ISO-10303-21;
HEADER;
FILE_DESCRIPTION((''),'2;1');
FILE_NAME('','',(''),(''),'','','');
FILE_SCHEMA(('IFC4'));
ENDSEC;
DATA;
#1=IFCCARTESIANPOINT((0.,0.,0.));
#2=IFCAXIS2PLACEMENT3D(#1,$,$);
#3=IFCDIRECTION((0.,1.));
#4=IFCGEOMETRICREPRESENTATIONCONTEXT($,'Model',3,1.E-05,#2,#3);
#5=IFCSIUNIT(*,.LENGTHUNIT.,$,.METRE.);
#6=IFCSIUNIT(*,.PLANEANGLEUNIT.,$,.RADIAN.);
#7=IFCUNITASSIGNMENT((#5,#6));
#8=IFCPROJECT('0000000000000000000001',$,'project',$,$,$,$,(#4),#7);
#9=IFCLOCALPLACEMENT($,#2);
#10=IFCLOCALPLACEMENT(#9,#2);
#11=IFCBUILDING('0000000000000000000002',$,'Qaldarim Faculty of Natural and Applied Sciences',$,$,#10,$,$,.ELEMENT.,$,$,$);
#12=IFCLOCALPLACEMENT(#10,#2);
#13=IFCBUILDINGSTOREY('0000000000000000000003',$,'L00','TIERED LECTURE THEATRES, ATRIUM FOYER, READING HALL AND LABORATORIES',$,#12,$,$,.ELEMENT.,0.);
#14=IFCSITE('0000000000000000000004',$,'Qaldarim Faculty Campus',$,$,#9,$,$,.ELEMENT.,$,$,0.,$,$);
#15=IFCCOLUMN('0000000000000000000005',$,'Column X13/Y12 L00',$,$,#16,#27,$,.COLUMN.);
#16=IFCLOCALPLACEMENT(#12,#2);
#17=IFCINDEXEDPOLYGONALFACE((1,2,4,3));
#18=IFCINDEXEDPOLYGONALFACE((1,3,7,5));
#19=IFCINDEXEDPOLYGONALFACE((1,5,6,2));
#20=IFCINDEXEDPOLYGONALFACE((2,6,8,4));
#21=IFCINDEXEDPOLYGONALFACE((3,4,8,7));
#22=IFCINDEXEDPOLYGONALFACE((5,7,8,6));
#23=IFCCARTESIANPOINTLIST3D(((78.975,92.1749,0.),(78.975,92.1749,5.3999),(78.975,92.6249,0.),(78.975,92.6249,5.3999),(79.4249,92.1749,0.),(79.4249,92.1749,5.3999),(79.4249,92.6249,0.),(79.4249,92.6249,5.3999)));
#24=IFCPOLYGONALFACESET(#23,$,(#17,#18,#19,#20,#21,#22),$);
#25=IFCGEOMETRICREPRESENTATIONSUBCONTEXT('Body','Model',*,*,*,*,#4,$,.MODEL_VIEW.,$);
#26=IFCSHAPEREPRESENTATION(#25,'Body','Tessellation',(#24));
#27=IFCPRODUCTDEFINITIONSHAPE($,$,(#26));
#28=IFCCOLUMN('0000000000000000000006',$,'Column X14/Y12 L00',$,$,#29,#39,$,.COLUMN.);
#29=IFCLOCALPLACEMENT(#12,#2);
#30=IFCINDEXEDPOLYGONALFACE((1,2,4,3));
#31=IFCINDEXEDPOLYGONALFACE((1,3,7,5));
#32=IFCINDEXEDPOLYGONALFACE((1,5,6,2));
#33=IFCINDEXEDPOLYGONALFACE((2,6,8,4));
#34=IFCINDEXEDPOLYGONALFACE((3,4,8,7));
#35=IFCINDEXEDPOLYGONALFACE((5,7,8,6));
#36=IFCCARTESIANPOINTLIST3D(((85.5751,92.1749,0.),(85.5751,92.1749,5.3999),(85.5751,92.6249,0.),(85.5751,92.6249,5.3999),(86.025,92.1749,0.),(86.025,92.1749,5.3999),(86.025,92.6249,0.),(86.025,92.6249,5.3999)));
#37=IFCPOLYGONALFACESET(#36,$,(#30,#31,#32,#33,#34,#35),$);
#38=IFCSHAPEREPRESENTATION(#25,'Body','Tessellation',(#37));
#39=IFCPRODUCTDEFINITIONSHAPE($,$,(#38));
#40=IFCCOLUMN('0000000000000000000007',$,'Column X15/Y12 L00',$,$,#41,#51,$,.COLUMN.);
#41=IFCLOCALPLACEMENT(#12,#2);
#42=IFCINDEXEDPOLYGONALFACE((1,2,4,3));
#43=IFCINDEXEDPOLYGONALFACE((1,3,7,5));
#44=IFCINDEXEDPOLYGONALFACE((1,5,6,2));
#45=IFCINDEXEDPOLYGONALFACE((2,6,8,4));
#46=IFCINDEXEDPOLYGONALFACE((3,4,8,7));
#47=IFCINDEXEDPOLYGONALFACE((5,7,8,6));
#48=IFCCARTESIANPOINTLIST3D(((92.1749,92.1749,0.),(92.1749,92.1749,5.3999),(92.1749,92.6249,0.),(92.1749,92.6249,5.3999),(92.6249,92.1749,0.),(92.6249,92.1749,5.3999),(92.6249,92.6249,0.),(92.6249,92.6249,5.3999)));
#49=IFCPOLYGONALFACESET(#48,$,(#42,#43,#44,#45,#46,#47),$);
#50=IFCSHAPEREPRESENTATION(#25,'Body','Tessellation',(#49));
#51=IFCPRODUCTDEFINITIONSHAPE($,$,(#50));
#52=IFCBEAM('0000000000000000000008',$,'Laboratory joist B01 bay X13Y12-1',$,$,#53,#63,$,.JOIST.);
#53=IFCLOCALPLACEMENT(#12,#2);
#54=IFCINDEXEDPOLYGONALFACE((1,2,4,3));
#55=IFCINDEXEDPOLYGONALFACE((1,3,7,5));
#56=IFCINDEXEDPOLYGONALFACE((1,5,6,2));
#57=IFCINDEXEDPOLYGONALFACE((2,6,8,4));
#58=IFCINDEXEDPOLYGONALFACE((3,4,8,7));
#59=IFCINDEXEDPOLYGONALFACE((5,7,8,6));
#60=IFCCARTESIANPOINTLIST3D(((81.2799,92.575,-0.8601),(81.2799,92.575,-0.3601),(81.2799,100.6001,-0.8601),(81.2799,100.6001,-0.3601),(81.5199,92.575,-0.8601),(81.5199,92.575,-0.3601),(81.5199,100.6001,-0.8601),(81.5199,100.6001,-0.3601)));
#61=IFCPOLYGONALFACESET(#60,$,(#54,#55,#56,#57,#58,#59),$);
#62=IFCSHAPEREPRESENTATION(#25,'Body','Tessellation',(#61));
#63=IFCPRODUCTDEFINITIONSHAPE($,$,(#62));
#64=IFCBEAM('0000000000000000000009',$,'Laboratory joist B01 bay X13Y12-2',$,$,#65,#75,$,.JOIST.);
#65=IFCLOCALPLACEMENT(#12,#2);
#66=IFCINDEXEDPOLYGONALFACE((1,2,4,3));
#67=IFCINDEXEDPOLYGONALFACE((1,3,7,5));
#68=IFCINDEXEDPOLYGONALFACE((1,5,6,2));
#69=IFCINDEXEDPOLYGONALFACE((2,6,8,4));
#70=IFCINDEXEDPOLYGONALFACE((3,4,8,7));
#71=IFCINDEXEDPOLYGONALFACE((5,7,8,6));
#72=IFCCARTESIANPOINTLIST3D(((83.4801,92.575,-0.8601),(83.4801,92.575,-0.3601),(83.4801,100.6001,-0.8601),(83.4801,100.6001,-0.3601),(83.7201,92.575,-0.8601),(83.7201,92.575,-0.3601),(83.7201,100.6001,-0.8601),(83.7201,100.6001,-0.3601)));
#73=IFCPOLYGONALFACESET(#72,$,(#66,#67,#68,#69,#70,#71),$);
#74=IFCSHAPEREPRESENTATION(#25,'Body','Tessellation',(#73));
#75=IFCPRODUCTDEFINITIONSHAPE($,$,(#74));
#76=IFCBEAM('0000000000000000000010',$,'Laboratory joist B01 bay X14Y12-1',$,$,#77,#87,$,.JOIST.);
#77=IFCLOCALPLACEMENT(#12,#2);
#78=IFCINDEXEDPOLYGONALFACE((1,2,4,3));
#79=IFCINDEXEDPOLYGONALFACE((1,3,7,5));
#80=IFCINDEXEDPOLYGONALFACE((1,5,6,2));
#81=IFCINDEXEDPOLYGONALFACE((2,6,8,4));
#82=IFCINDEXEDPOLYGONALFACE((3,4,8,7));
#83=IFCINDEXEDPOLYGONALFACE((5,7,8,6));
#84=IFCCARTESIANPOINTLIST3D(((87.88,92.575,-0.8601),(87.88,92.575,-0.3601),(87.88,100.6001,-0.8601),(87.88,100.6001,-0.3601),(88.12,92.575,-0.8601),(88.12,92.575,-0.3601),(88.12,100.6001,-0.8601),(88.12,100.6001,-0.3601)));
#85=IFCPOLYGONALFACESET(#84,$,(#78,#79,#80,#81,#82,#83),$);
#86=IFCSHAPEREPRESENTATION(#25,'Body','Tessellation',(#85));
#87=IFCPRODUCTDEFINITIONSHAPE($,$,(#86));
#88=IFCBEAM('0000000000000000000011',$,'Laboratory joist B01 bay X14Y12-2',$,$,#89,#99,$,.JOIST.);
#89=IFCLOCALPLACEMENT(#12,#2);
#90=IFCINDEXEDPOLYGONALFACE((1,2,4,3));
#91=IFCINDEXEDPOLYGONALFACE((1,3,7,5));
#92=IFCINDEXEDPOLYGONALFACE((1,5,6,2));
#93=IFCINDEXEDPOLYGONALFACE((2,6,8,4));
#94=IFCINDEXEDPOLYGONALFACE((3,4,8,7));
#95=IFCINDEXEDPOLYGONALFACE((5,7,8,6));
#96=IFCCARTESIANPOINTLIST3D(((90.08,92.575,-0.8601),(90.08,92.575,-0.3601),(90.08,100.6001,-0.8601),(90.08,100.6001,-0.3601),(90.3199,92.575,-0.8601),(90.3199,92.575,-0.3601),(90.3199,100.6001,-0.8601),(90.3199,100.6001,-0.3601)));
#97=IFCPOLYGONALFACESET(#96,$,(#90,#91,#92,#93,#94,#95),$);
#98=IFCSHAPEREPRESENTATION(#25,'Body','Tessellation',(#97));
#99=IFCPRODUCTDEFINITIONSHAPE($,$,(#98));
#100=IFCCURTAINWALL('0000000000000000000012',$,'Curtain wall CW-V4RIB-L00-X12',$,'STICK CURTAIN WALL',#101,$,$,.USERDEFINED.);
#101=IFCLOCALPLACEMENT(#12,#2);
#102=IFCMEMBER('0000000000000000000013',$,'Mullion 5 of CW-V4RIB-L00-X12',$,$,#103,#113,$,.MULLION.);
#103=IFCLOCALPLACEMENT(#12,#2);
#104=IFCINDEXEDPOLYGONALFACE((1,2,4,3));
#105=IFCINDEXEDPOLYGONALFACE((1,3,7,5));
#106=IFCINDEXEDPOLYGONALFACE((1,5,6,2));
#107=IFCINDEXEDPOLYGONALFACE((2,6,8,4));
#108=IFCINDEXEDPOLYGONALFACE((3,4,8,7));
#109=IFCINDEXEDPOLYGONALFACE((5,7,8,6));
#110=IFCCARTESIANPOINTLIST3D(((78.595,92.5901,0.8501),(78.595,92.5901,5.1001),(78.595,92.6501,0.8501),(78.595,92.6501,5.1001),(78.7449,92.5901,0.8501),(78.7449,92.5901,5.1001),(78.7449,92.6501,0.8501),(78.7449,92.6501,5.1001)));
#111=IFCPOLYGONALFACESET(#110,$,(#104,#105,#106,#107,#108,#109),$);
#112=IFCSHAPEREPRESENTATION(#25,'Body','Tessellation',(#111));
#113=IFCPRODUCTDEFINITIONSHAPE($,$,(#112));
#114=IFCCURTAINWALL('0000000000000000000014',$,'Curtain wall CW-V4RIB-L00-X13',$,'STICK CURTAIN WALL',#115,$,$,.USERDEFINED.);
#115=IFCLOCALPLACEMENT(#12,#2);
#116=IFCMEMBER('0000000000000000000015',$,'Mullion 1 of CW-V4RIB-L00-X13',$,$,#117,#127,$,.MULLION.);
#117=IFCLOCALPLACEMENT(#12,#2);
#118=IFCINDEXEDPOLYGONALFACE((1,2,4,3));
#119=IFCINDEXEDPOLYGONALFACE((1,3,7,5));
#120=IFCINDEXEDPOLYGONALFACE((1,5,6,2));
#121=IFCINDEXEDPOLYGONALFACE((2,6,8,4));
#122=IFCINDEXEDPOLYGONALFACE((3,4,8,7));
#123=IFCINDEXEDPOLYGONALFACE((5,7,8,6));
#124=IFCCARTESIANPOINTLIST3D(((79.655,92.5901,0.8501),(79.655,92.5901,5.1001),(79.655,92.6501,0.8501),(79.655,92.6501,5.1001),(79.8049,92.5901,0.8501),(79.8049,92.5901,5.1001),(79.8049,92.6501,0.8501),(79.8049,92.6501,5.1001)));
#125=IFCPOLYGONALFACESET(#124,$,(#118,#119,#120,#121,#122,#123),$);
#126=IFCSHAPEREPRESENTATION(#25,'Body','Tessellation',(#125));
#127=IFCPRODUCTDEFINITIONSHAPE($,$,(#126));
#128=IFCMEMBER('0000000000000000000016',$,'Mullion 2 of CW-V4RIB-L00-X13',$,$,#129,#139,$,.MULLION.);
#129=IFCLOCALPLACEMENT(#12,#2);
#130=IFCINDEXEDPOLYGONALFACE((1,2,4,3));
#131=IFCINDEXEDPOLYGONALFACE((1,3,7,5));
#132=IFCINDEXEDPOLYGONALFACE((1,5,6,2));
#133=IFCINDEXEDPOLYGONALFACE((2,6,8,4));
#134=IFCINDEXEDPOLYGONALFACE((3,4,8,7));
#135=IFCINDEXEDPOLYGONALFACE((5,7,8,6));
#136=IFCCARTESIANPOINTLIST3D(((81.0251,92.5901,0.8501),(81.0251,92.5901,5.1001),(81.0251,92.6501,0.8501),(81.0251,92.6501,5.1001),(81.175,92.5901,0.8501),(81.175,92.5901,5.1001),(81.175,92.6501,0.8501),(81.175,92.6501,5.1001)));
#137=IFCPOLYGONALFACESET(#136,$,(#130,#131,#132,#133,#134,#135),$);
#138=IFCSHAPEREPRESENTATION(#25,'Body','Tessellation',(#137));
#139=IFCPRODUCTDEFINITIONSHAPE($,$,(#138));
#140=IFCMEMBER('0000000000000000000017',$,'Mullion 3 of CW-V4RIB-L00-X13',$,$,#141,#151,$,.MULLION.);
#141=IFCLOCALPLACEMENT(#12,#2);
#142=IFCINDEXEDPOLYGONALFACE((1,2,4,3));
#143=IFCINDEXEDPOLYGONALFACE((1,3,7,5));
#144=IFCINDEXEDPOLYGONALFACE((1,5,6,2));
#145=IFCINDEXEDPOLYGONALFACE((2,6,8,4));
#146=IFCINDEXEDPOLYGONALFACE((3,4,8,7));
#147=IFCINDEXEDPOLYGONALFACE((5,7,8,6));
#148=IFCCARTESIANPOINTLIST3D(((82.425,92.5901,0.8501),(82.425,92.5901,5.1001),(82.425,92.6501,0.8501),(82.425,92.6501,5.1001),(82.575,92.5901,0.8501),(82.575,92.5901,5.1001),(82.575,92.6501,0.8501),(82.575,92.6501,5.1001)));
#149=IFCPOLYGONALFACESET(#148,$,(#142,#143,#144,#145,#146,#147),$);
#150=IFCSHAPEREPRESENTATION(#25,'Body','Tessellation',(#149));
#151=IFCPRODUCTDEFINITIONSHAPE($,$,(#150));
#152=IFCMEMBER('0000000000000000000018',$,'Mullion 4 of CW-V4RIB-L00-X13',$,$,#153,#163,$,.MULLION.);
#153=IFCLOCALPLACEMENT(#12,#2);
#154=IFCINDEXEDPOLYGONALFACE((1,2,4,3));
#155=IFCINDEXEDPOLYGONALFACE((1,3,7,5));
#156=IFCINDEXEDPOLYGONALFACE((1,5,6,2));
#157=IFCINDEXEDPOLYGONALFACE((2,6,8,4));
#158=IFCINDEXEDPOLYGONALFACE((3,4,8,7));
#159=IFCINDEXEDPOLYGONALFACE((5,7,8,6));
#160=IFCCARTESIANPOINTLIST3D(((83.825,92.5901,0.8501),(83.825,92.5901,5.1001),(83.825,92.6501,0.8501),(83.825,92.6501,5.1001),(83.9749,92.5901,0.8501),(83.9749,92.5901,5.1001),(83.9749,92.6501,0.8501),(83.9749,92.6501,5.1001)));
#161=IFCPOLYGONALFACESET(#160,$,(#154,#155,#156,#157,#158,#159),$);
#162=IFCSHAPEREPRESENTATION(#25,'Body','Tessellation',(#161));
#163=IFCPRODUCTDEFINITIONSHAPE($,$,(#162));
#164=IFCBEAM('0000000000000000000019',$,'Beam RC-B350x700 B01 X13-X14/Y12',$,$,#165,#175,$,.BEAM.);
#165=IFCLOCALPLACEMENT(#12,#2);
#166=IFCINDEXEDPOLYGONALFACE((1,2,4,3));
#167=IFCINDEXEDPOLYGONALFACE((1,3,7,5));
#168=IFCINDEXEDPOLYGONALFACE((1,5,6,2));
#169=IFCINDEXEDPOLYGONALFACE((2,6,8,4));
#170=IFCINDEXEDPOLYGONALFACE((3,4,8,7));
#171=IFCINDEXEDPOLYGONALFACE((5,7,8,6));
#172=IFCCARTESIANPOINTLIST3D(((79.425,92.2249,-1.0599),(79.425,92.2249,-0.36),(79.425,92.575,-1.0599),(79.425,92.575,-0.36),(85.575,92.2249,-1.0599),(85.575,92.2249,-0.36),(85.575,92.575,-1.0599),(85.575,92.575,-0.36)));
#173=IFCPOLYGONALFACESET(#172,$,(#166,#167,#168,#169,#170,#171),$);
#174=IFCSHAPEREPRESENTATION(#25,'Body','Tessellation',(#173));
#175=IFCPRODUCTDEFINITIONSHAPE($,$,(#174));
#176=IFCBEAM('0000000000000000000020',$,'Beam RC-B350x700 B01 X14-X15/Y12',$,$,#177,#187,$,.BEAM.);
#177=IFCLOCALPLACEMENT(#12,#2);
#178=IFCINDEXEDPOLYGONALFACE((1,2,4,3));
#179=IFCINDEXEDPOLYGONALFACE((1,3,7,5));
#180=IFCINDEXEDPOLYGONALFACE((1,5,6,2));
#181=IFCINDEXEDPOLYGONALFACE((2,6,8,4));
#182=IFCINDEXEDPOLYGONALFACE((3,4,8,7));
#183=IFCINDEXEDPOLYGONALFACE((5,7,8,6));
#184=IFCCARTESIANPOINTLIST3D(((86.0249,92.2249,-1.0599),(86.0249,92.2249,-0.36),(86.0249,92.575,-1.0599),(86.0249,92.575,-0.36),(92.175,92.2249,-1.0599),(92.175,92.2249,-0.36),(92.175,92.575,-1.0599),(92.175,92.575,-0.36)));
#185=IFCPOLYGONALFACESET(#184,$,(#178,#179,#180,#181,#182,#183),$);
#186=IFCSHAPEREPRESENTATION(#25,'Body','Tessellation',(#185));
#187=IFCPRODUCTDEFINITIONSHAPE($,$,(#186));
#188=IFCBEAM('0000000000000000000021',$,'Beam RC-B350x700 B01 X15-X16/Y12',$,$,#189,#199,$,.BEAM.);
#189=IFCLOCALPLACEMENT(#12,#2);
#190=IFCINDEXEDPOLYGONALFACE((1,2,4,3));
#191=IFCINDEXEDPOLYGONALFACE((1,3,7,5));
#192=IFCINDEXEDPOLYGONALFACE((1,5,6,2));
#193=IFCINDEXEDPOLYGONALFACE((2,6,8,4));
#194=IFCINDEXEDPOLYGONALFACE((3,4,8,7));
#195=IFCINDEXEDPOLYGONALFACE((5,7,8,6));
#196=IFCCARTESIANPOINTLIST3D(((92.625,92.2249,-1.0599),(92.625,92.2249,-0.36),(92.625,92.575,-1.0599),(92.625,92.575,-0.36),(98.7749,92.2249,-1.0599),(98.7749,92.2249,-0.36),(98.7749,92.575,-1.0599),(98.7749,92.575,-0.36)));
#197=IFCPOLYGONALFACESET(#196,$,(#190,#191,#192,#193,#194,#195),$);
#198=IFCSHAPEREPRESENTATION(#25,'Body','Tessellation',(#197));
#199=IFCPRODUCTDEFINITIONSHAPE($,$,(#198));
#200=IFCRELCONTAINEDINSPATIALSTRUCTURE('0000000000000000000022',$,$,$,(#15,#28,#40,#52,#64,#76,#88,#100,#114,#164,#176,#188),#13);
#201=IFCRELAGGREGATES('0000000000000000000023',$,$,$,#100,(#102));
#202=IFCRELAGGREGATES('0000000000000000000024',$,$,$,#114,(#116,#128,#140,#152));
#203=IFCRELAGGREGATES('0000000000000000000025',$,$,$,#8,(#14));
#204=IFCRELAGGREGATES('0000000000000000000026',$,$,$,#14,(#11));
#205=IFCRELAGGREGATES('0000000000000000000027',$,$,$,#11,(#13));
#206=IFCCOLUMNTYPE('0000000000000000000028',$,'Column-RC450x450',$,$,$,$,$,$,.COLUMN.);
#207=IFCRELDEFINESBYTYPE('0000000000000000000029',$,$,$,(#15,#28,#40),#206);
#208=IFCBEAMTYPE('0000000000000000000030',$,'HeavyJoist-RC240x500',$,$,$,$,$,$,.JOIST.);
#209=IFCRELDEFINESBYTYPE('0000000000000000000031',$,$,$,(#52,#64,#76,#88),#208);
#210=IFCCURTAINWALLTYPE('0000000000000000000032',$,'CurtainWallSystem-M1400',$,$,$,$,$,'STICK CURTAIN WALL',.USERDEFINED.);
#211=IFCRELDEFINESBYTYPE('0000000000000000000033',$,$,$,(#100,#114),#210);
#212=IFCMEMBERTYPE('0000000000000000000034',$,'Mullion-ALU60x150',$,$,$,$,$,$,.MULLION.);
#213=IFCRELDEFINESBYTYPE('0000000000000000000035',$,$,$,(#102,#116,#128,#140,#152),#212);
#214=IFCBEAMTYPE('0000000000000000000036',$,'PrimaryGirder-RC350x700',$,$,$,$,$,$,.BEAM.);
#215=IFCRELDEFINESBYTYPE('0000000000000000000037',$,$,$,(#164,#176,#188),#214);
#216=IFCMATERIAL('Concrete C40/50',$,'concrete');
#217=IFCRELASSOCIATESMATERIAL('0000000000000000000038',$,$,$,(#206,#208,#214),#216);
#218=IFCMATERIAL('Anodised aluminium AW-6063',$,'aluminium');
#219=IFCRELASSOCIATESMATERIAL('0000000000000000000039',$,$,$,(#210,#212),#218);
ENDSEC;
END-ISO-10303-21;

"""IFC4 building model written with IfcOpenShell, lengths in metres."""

from ifc_helpers import new_model, si_unit, direction, frame, origin, origin_2d, place, context, subcontext, project, spatial, rectangle, extrude, material, material_profile, profile_set, type_object, element, aggregate, save


model = new_model("IFC4")

# Units and contexts
model_context = context("Model", 3, precision=1e-05, world=origin(), true_north=direction((0.0, 1.0)))
body_context = subcontext(model_context, "Body", "Model", "MODEL_VIEW")
ifc_project = project(units=[si_unit("LENGTHUNIT", "METRE"), si_unit("PLANEANGLEUNIT", "RADIAN")], contexts=[model_context])

# Site, building, storey
site_placement = place(None, origin())
site = spatial("IfcSite", under=ifc_project, at=site_placement, Name="Qaldarim Faculty Campus", CompositionType="ELEMENT", RefElevation=0.0)
building_placement = place(site_placement, origin())
building = spatial("IfcBuilding", under=site, at=building_placement, Name="Qaldarim Faculty of Natural and Applied Sciences", CompositionType="ELEMENT")
storey_placement = place(building_placement, origin())
storey = spatial("IfcBuildingStorey", under=building, at=storey_placement, Name="L00", Description="TIERED LECTURE THEATRES, ATRIUM FOYER, READING HALL AND LABORATORIES", CompositionType="ELEMENT", Elevation=0.0)

# Columns
ifc_material_1 = material(Name="Concrete C40/50", Category="concrete")
ifc_material_profile_1 = material_profile(ifc_material_1, rectangle(XDim=0.45, YDim=0.45, at=origin_2d()), Name="RC-C450x450")
ifc_profile_set_1 = profile_set([ifc_material_profile_1], Name="Concrete C40/50")
column_type = type_object("IfcColumnType", Name="Column-RC450x450", PredefinedType="COLUMN", material=ifc_profile_set_1)
for number, where, z_axis, x_axis, name in (
    (1, (79.2, 92.3999, 0.0), (0.0, 0.0, 1.0), (1.0, 0.0, 0.0), "Column X13/Y12 L00"),
    (2, (85.8, 92.3999, 0.0), (0.0, 0.0, 1.0), (1.0, 0.0, 0.0), "Column X14/Y12 L00"),
    (3, (92.3999, 92.3999, 0.0), (0.0, 0.0, 1.0), (1.0, 0.0, 0.0), "Column X15/Y12 L00"),
):
    element("IfcColumn", number, at=place(storey_placement, frame(where, z_axis=z_axis, x_axis=x_axis)), inside=storey, type_object=column_type, Name=name, PredefinedType="COLUMN", context=body_context, shape_type="SweptSolid", body=[
        extrude(rectangle(XDim=0.45, YDim=0.45, at=origin_2d()), origin(), (0.0, 0.0, 1.0), 5.3999),
    ])

# Beams
ifc_material_profile_2 = material_profile(ifc_material_1, rectangle(XDim=0.24, YDim=0.5, at=origin_2d()), Name="RC-J240x500")
ifc_profile_set_2 = profile_set([ifc_material_profile_2], Name="Concrete C40/50")
beam_type_1 = type_object("IfcBeamType", Name="HeavyJoist-RC240x500", PredefinedType="JOIST", material=ifc_profile_set_2)
for number, where, z_axis, x_axis, name in (
    (4, (81.3999, 92.575, -0.6101), (0.0, 1.0, 0.0), (-1.0, 0.0, 0.0), "Laboratory joist B01 bay X13Y12-1"),
    (5, (83.6001, 92.575, -0.6101), (0.0, 1.0, 0.0), (-1.0, 0.0, 0.0), "Laboratory joist B01 bay X13Y12-2"),
    (6, (88.0, 92.575, -0.6101), (0.0, 1.0, 0.0), (-1.0, 0.0, 0.0), "Laboratory joist B01 bay X14Y12-1"),
    (7, (90.2, 92.575, -0.6101), (0.0, 1.0, 0.0), (-1.0, 0.0, 0.0), "Laboratory joist B01 bay X14Y12-2"),
):
    element("IfcBeam", number, at=place(storey_placement, frame(where, z_axis=z_axis, x_axis=x_axis)), inside=storey, type_object=beam_type_1, Name=name, PredefinedType="JOIST", context=body_context, shape_type="SweptSolid", body=[
        extrude(rectangle(XDim=0.24, YDim=0.5, at=origin_2d()), origin(), (0.0, 0.0, 1.0), 8.0251),
    ])

# Curtain wall, member
ifc_material_2 = material(Name="Anodised aluminium AW-6063", Category="aluminium")
curtain_wall_type = type_object("IfcCurtainWallType", Name="CurtainWallSystem-M1400", ElementType="STICK CURTAIN WALL", PredefinedType="USERDEFINED", material=ifc_material_2)
curtain_wall_1_placement = place(storey_placement, origin())
curtain_wall_1 = element("IfcCurtainWall", 8, at=curtain_wall_1_placement, inside=storey, type_object=curtain_wall_type, Name="Curtain wall CW-V4RIB-L00-X12", ObjectType="STICK CURTAIN WALL", PredefinedType="USERDEFINED")
ifc_material_profile_3 = material_profile(ifc_material_2, rectangle(XDim=0.0601, YDim=0.1499, at=origin_2d()), Name="ALU-M60x150")
ifc_profile_set_3 = profile_set([ifc_material_profile_3], Name="Anodised aluminium AW-6063")
member_type_1 = type_object("IfcMemberType", Name="Mullion-ALU60x150", PredefinedType="MULLION", material=ifc_profile_set_3)
member_1_placement = place(storey_placement, frame((78.6699, 92.6201, 0.8501), z_axis=(0.0, 0.0, 1.0), x_axis=(0.0, 1.0, 0.0)))
member_1 = element("IfcMember", 9, at=member_1_placement, type_object=member_type_1, Name="Mullion 5 of CW-V4RIB-L00-X12", PredefinedType="MULLION", context=body_context, shape_type="SweptSolid", body=[
    extrude(rectangle(XDim=0.0601, YDim=0.1499, at=origin_2d()), origin(), (0.0, 0.0, 1.0), 4.25),
])

# Curtain wall, members
curtain_wall_2_placement = place(storey_placement, origin())
curtain_wall_2 = element("IfcCurtainWall", 10, at=curtain_wall_2_placement, inside=storey, type_object=curtain_wall_type, Name="Curtain wall CW-V4RIB-L00-X13", ObjectType="STICK CURTAIN WALL", PredefinedType="USERDEFINED")
member_2_placement = place(storey_placement, frame((79.73, 92.6201, 0.8501), z_axis=(0.0, 0.0, 1.0), x_axis=(0.0, 1.0, 0.0)))
member_2 = element("IfcMember", 11, at=member_2_placement, type_object=member_type_1, Name="Mullion 1 of CW-V4RIB-L00-X13", PredefinedType="MULLION", context=body_context, shape_type="SweptSolid", body=[
    extrude(rectangle(XDim=0.0601, YDim=0.1499, at=origin_2d()), origin(), (0.0, 0.0, 1.0), 4.25),
])
member_3_placement = place(storey_placement, frame((81.1001, 92.6201, 0.8501), z_axis=(0.0, 0.0, 1.0), x_axis=(0.0, 1.0, 0.0)))
member_3 = element("IfcMember", 12, at=member_3_placement, type_object=member_type_1, Name="Mullion 2 of CW-V4RIB-L00-X13", PredefinedType="MULLION", context=body_context, shape_type="SweptSolid", body=[
    extrude(rectangle(XDim=0.0601, YDim=0.1499, at=origin_2d()), origin(), (0.0, 0.0, 1.0), 4.25),
])
member_4_placement = place(storey_placement, frame((82.5, 92.6201, 0.8501), z_axis=(0.0, 0.0, 1.0), x_axis=(0.0, 1.0, 0.0)))
member_4 = element("IfcMember", 13, at=member_4_placement, type_object=member_type_1, Name="Mullion 3 of CW-V4RIB-L00-X13", PredefinedType="MULLION", context=body_context, shape_type="SweptSolid", body=[
    extrude(rectangle(XDim=0.0601, YDim=0.1499, at=origin_2d()), origin(), (0.0, 0.0, 1.0), 4.25),
])
member_5_placement = place(storey_placement, frame((83.8999, 92.6201, 0.8501), z_axis=(0.0, 0.0, 1.0), x_axis=(0.0, 1.0, 0.0)))
member_5 = element("IfcMember", 14, at=member_5_placement, type_object=member_type_1, Name="Mullion 4 of CW-V4RIB-L00-X13", PredefinedType="MULLION", context=body_context, shape_type="SweptSolid", body=[
    extrude(rectangle(XDim=0.0601, YDim=0.1499, at=origin_2d()), origin(), (0.0, 0.0, 1.0), 4.25),
])

# Beams
ifc_material_profile_4 = material_profile(ifc_material_1, rectangle(XDim=0.3501, YDim=0.7, at=origin_2d()), Name="RC-B350x700")
ifc_profile_set_4 = profile_set([ifc_material_profile_4], Name="Concrete C40/50")
beam_type_2 = type_object("IfcBeamType", Name="PrimaryGirder-RC350x700", PredefinedType="BEAM", material=ifc_profile_set_4)
beam_1_placement = place(storey_placement, frame((79.425, 92.3999, -0.71), z_axis=(1.0, 0.0, 0.0), x_axis=(0.0, 1.0, 0.0)))
element("IfcBeam", 15, at=beam_1_placement, inside=storey, type_object=beam_type_2, Name="Beam RC-B350x700 B01 X13-X14/Y12", PredefinedType="BEAM", context=body_context, shape_type="SweptSolid", body=[
    extrude(rectangle(XDim=0.3501, YDim=0.7, at=origin_2d()), origin(), (0.0, 0.0, 1.0), 6.1499),
])
beam_2_placement = place(storey_placement, frame((86.0249, 92.3999, -0.71), z_axis=(1.0, 0.0, 0.0), x_axis=(0.0, 1.0, 0.0)))
element("IfcBeam", 16, at=beam_2_placement, inside=storey, type_object=beam_type_2, Name="Beam RC-B350x700 B01 X14-X15/Y12", PredefinedType="BEAM", context=body_context, shape_type="SweptSolid", body=[
    extrude(rectangle(XDim=0.3501, YDim=0.7, at=origin_2d()), origin(), (0.0, 0.0, 1.0), 6.1501),
])
beam_3_placement = place(storey_placement, frame((92.625, 92.3999, -0.71), z_axis=(1.0, 0.0, 0.0), x_axis=(0.0, 1.0, 0.0)))
element("IfcBeam", 17, at=beam_3_placement, inside=storey, type_object=beam_type_2, Name="Beam RC-B350x700 B01 X15-X16/Y12", PredefinedType="BEAM", context=body_context, shape_type="SweptSolid", body=[
    extrude(rectangle(XDim=0.3501, YDim=0.7, at=origin_2d()), origin(), (0.0, 0.0, 1.0), 6.1499),
])

aggregate(curtain_wall_1, [member_1])
aggregate(curtain_wall_2, [member_2, member_3, member_4, member_5])

save(model, "model.ifc")
